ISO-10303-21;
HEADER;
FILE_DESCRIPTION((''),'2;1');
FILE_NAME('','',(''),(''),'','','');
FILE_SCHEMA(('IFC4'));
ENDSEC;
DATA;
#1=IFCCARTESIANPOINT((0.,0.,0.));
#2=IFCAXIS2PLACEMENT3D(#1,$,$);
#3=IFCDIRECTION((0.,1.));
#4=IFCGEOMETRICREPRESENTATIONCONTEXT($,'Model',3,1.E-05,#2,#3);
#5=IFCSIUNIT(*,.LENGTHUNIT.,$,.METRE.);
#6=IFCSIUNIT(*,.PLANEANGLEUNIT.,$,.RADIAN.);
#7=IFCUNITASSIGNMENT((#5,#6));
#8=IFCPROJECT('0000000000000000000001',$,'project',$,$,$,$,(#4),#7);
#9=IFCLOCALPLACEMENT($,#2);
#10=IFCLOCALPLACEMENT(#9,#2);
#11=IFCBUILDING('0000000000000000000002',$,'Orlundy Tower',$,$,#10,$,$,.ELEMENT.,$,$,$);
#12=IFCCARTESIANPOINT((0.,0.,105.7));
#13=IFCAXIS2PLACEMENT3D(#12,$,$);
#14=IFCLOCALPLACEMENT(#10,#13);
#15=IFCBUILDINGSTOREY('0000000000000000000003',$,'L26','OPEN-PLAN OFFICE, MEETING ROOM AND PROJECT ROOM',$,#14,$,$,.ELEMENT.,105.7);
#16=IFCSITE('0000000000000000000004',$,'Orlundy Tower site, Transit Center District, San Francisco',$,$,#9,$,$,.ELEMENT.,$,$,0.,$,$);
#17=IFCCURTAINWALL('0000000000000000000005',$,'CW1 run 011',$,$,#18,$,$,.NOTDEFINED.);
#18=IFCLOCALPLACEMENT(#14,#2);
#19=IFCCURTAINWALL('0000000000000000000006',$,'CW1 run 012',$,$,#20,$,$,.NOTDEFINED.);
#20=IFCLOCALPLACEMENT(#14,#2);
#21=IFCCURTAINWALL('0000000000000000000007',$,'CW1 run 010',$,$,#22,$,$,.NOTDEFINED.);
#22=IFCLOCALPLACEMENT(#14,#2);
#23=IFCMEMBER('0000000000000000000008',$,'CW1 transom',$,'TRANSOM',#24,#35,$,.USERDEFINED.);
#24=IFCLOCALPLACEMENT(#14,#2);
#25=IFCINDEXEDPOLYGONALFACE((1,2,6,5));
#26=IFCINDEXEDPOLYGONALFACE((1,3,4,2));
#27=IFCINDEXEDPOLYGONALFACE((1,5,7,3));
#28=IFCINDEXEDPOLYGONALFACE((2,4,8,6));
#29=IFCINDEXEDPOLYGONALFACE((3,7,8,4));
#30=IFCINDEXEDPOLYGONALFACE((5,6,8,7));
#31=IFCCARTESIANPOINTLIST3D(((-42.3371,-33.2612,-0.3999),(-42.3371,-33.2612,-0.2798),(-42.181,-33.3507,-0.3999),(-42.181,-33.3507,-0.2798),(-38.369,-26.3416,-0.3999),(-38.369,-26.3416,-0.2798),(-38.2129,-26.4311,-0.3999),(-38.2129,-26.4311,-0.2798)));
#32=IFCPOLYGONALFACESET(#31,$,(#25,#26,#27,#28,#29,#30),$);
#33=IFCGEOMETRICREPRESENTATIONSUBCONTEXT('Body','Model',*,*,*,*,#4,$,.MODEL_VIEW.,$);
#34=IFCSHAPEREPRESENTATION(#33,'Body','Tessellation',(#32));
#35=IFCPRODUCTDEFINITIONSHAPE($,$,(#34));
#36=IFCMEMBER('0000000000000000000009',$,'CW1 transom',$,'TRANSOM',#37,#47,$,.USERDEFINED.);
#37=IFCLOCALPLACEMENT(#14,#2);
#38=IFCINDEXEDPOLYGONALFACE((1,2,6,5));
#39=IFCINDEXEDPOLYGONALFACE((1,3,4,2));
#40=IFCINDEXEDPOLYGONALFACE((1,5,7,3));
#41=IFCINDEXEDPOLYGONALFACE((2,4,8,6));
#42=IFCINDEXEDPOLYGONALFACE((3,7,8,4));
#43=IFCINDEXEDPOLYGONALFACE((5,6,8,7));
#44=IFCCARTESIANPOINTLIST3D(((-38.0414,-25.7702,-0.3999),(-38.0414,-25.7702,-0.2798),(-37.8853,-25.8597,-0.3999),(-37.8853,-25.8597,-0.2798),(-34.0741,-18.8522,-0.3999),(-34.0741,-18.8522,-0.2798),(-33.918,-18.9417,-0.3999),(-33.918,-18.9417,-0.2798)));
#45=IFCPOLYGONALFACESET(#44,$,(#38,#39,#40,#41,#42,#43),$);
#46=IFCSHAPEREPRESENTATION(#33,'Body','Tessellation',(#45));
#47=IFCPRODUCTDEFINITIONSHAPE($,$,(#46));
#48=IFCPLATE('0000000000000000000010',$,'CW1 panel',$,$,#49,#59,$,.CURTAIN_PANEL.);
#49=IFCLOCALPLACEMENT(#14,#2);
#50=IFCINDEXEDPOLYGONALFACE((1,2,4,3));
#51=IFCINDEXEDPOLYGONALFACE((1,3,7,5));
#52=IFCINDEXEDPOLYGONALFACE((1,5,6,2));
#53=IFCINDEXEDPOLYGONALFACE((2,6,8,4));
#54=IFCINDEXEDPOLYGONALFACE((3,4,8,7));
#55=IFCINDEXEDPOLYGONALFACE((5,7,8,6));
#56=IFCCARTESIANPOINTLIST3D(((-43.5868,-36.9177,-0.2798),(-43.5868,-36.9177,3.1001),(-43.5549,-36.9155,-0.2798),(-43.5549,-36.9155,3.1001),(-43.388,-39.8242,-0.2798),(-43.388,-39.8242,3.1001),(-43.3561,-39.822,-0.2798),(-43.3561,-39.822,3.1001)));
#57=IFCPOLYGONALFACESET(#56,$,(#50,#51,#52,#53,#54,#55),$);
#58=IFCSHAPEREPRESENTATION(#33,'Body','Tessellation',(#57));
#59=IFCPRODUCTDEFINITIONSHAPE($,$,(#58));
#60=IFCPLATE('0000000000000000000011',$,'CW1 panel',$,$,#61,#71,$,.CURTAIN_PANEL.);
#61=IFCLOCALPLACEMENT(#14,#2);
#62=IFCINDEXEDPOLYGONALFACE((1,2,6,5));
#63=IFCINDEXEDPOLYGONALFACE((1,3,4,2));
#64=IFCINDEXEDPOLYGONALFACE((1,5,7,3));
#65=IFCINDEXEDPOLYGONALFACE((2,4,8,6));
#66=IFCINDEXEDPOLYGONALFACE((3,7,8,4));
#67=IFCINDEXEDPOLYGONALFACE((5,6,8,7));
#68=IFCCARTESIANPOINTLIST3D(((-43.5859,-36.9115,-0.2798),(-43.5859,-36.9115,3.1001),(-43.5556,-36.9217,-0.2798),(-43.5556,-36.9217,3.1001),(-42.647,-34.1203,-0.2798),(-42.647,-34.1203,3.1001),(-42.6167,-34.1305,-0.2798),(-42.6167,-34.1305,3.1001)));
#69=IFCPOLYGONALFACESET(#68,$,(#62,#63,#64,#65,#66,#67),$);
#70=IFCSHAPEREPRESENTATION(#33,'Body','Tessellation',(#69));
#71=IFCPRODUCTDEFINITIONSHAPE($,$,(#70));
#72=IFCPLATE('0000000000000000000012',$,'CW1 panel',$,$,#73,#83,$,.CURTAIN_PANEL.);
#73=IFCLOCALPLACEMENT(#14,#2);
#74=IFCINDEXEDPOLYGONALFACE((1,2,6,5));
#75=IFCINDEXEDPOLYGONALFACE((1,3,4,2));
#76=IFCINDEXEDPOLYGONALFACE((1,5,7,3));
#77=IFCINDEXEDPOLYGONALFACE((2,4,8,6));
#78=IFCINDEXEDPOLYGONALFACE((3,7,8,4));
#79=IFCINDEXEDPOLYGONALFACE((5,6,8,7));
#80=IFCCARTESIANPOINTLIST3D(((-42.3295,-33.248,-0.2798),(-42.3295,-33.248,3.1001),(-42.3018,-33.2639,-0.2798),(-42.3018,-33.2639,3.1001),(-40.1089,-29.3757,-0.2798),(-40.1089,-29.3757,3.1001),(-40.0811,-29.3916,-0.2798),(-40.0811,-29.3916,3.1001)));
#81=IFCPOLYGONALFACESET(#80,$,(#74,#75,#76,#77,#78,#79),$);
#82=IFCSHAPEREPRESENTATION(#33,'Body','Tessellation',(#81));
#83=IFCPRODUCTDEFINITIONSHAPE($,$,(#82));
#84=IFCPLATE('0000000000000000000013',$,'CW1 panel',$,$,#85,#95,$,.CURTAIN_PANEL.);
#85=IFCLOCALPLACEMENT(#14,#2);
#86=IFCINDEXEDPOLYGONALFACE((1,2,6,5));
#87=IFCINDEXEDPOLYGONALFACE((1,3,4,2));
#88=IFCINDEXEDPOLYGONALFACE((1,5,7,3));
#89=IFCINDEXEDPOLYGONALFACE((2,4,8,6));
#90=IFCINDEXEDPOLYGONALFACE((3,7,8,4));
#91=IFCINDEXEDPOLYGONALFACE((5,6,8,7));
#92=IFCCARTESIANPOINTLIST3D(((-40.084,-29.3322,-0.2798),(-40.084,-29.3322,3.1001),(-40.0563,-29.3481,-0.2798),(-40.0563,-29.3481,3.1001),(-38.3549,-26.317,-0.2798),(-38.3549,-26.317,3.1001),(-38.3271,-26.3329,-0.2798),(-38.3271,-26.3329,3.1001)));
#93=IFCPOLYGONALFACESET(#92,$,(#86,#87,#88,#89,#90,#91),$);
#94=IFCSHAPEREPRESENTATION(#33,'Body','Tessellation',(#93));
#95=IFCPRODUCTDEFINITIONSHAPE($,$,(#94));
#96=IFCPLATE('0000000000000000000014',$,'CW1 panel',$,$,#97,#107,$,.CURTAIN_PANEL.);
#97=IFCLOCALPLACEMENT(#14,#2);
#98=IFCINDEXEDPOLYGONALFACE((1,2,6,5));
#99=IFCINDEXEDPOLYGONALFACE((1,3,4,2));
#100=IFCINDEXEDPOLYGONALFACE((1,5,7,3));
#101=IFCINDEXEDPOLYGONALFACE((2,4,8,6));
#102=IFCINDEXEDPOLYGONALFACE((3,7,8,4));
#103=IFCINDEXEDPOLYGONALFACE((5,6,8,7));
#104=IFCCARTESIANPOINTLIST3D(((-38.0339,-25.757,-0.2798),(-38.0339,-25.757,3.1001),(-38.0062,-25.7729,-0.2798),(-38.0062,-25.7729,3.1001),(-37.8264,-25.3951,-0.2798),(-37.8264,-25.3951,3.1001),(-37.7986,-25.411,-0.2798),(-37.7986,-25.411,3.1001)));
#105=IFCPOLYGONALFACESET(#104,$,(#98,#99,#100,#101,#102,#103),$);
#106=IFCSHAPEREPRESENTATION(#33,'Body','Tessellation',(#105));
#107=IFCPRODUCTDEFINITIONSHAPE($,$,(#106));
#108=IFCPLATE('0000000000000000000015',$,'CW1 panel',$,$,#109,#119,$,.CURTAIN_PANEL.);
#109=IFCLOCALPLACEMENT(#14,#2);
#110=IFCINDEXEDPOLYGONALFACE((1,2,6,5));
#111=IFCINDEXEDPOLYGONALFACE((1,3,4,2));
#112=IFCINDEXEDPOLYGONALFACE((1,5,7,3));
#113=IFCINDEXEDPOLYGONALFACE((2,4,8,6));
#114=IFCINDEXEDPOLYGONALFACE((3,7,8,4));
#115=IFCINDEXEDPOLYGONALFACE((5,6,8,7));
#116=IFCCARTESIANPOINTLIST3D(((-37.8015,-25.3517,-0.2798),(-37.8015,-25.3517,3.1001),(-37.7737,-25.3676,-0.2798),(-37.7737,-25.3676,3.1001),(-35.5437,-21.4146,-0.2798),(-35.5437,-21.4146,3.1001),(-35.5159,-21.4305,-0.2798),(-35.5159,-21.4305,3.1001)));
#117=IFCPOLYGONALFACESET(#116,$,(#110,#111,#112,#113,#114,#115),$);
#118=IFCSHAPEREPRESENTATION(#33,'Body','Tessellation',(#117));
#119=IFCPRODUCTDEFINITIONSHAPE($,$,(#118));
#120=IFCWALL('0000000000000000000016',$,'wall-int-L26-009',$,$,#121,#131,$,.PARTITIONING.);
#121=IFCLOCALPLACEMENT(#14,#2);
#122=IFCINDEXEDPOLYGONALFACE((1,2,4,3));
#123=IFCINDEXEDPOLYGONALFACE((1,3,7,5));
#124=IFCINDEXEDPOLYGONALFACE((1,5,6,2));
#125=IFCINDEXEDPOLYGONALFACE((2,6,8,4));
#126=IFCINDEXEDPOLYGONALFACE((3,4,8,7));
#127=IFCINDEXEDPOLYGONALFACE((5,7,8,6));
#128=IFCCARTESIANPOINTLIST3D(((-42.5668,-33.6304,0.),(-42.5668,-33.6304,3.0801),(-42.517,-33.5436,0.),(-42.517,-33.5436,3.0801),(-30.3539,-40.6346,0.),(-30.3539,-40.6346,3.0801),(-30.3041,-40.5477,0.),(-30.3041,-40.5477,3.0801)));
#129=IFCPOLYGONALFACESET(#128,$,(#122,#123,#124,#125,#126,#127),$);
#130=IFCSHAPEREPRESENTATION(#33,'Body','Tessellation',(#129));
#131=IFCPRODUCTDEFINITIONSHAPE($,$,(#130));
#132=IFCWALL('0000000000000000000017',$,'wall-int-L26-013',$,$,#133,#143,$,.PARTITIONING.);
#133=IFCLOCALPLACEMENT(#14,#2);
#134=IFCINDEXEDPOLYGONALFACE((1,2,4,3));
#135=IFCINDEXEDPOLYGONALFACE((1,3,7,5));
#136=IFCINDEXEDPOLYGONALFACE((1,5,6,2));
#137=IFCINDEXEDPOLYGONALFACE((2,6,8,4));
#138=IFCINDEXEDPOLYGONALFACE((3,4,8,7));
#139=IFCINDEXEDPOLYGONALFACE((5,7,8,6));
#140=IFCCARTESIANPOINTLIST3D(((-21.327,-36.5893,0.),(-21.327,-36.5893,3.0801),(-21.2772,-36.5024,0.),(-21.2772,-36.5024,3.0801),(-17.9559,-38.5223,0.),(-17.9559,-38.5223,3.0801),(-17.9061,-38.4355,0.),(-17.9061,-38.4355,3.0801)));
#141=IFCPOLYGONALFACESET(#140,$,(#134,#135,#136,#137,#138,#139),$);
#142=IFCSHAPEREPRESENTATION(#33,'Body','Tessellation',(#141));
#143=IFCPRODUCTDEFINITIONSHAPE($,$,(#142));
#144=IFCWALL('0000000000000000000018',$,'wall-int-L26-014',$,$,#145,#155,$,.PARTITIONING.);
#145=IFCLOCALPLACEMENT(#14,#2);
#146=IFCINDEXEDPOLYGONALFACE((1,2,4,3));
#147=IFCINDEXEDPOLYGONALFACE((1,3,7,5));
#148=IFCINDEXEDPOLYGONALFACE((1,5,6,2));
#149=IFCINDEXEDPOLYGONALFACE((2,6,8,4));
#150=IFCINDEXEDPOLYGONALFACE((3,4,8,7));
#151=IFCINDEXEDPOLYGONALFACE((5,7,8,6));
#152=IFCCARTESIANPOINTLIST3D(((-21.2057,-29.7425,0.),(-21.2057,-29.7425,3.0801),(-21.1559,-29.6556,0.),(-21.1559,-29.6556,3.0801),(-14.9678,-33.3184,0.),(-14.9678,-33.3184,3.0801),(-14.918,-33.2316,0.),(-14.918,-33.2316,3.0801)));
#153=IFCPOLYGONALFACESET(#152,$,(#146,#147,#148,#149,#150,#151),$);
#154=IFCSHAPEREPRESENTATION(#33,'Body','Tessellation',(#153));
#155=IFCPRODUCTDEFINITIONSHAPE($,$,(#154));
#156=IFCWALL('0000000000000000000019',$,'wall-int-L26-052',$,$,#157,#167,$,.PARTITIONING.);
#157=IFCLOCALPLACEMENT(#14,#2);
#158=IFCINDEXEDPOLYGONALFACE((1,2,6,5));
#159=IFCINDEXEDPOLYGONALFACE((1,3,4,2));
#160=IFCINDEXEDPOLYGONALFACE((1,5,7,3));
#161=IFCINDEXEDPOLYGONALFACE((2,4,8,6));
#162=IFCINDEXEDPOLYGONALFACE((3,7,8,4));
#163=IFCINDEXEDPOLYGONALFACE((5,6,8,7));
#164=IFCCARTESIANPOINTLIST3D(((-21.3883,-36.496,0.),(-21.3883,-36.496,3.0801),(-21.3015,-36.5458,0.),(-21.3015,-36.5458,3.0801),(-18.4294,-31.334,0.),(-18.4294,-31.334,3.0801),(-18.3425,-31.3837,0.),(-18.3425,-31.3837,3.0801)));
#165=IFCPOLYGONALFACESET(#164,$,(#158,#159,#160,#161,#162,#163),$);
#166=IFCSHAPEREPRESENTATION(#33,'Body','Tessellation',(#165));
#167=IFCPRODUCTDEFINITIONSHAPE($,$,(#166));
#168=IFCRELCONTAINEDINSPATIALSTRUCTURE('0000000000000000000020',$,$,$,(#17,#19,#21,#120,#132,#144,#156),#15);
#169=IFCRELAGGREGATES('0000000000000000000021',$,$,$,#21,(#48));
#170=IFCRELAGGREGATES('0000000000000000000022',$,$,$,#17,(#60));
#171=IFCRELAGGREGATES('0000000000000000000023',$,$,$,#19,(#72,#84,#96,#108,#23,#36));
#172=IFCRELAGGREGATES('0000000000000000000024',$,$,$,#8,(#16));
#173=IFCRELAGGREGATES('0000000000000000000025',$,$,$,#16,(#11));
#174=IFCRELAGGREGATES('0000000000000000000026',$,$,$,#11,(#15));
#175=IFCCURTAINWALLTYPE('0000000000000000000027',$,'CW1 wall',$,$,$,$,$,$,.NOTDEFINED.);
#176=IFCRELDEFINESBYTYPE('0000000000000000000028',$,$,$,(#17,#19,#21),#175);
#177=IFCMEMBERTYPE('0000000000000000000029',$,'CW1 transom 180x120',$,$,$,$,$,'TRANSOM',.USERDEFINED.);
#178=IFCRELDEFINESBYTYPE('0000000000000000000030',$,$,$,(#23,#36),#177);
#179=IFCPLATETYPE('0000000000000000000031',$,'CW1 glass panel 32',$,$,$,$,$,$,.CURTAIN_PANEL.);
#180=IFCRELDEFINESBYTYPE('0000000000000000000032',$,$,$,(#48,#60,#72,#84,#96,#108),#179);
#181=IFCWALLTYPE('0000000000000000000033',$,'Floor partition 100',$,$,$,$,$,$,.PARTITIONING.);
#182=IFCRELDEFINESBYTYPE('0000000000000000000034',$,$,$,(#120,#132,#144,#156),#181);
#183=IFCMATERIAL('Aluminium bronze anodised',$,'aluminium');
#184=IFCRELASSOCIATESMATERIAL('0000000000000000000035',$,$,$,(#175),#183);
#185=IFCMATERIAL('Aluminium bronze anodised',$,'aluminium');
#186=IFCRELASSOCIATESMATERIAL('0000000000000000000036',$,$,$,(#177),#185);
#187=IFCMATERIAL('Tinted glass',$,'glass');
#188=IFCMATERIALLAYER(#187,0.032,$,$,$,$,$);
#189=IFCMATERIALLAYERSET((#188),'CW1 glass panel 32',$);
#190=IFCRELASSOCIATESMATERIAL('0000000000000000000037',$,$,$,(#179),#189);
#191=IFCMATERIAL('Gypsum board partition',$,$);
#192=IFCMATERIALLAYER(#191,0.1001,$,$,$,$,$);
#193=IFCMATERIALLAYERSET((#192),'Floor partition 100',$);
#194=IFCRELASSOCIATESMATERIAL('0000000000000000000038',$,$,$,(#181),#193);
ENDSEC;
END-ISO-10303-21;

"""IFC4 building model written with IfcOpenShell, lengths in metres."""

from ifc_helpers import new_model, si_unit, direction, frame, frame_2d, origin, origin_2d, place, context, subcontext, project, spatial, rectangle, extrude, material, layer, layer_set, material_profile, profile_set, type_object, element, aggregate, save


model = new_model("IFC4")

# Units and contexts
model_context = context("Model", 3, precision=1e-05, world=origin(), true_north=direction((0.0, 1.0)))
body_context = subcontext(model_context, "Body", "Model", "MODEL_VIEW")
ifc_project = project(units=[si_unit("LENGTHUNIT", "METRE"), si_unit("PLANEANGLEUNIT", "RADIAN")], contexts=[model_context])

# Site, building, storey
site_placement = place(None, origin())
site = spatial("IfcSite", under=ifc_project, at=site_placement, Name="Orlundy Tower site, Transit Center District, San Francisco", CompositionType="ELEMENT", RefElevation=0.0)
building_placement = place(site_placement, origin())
building = spatial("IfcBuilding", under=site, at=building_placement, Name="Orlundy Tower", CompositionType="ELEMENT")
storey_placement = place(building_placement, frame((0.0, 0.0, 105.7)))
storey = spatial("IfcBuildingStorey", under=building, at=storey_placement, Name="L26", Description="OPEN-PLAN OFFICE, MEETING ROOM AND PROJECT ROOM", CompositionType="ELEMENT", Elevation=105.7)

# Curtain wall
ifc_material_1 = material(Name="Aluminium bronze anodised", Category="aluminium")
curtain_wall_type = type_object("IfcCurtainWallType", Name="CW1 wall", PredefinedType="NOTDEFINED", material=ifc_material_1)
curtain_wall_1_placement = place(storey_placement, origin())
curtain_wall_1 = element("IfcCurtainWall", 1, at=curtain_wall_1_placement, inside=storey, type_object=curtain_wall_type, Name="CW1 run 011", PredefinedType="NOTDEFINED")

# Curtain wall
curtain_wall_2_placement = place(storey_placement, origin())
curtain_wall_2 = element("IfcCurtainWall", 2, at=curtain_wall_2_placement, inside=storey, type_object=curtain_wall_type, Name="CW1 run 012", PredefinedType="NOTDEFINED")

# Curtain wall
curtain_wall_3_placement = place(storey_placement, origin())
curtain_wall_3 = element("IfcCurtainWall", 3, at=curtain_wall_3_placement, inside=storey, type_object=curtain_wall_type, Name="CW1 run 010", PredefinedType="NOTDEFINED")
ifc_material_2 = material(Name="Aluminium bronze anodised", Category="aluminium")
ifc_material_profile_1 = material_profile(ifc_material_2, rectangle(XDim=0.1799, YDim=0.1201, at=origin_2d()), Name="CW1 transom 180x120")
ifc_profile_set_1 = profile_set([ifc_material_profile_1], Name="Aluminium bronze anodised")
member_type_1 = type_object("IfcMemberType", Name="CW1 transom 180x120", ElementType="TRANSOM", PredefinedType="USERDEFINED", material=ifc_profile_set_1)

# Members
member_1_placement = place(storey_placement, frame((-42.259, -33.3059, -0.3398), z_axis=(0.497467, 0.867483, 0.0), x_axis=(-0.867483, 0.497467, 0.0)))
member_1 = element("IfcMember", 4, at=member_1_placement, type_object=member_type_1, Name="CW1 transom", ObjectType="TRANSOM", PredefinedType="USERDEFINED", context=body_context, shape_type="SweptSolid", body=[
    extrude(rectangle(XDim=0.1799, YDim=0.1201, at=origin_2d()), origin(), (0.0, 0.0, 1.0), 7.9766),
])
member_2_placement = place(storey_placement, frame((-37.9634, -25.8149, -0.3398), z_axis=(0.497477, 0.867477, 0.0), x_axis=(-0.867477, 0.497477, 0.0)))
member_2 = element("IfcMember", 5, at=member_2_placement, type_object=member_type_1, Name="CW1 transom", ObjectType="TRANSOM", PredefinedType="USERDEFINED", context=body_context, shape_type="SweptSolid", body=[
    extrude(rectangle(XDim=0.1799, YDim=0.1201, at=origin_2d()), origin(), (0.0, 0.0, 1.0), 7.9749),
])

# Plates
ifc_material_3 = material(Name="Tinted glass", Category="glass")
ifc_layer_1 = layer(ifc_material_3, 0.032)
ifc_layer_set_1 = layer_set([ifc_layer_1], Name="CW1 glass panel 32")
plate_type = type_object("IfcPlateType", Name="CW1 glass panel 32", PredefinedType="CURTAIN_PANEL", material=ifc_layer_set_1)
plate_1_placement = place(storey_placement, frame((-43.4714, -38.3699, -0.2798), z_axis=(0.0, 0.0, 1.0), x_axis=(-0.068256, 0.997668, 0.0)))
plate_1 = element("IfcPlate", 6, at=plate_1_placement, type_object=plate_type, Name="CW1 panel", PredefinedType="CURTAIN_PANEL", context=body_context, shape_type="SweptSolid", body=[
    extrude(rectangle(XDim=2.9133, YDim=0.032, at=origin_2d()), origin(), (0.0, 0.0, 1.0), 3.3799),
])
aggregate(curtain_wall_3, [plate_1])
plate_2_placement = place(storey_placement, frame((-43.1013, -35.521, -0.2798), z_axis=(0.0, 0.0, 1.0), x_axis=(0.318816, 0.947817, 0.0)))
plate_2 = element("IfcPlate", 7, at=plate_2_placement, type_object=plate_type, Name="CW1 panel", PredefinedType="CURTAIN_PANEL", context=body_context, shape_type="SweptSolid", body=[
    extrude(rectangle(XDim=2.9448, YDim=0.032, at=origin_2d()), origin(), (0.0, 0.0, 1.0), 3.3799),
])
aggregate(curtain_wall_1, [plate_2])
plate_3_placement = place(storey_placement, frame((-41.2053, -31.3198, -0.2798), z_axis=(0.0, 0.0, 1.0), x_axis=(0.497468, 0.867482, 0.0)))
plate_3 = element("IfcPlate", 8, at=plate_3_placement, type_object=plate_type, Name="CW1 panel", PredefinedType="CURTAIN_PANEL", context=body_context, shape_type="SweptSolid", body=[
    extrude(rectangle(XDim=4.4639, YDim=0.032, at=origin_2d()), origin(), (0.0, 0.0, 1.0), 3.3799),
])
plate_4_placement = place(storey_placement, frame((-39.2056, -27.8325, -0.2798), z_axis=(0.0, 0.0, 1.0), x_axis=(0.497468, 0.867482, 0.0)))
plate_4 = element("IfcPlate", 9, at=plate_4_placement, type_object=plate_type, Name="CW1 panel", PredefinedType="CURTAIN_PANEL", context=body_context, shape_type="SweptSolid", body=[
    extrude(rectangle(XDim=3.4758, YDim=0.032, at=origin_2d()), origin(), (0.0, 0.0, 1.0), 3.3799),
])
plate_5_placement = place(storey_placement, frame((-37.9163, -25.584, -0.2798), z_axis=(0.0, 0.0, 1.0), x_axis=(0.497468, 0.867482, 0.0)))
plate_5 = element("IfcPlate", 10, at=plate_5_placement, type_object=plate_type, Name="CW1 panel", PredefinedType="CURTAIN_PANEL", context=body_context, shape_type="SweptSolid", body=[
    extrude(rectangle(XDim=0.4172, YDim=0.032, at=origin_2d()), origin(), (0.0, 0.0, 1.0), 3.3799),
])
plate_6_placement = place(storey_placement, frame((-36.6587, -23.3911, -0.2798), z_axis=(0.0, 0.0, 1.0), x_axis=(0.497468, 0.867482, 0.0)))
plate_6 = element("IfcPlate", 11, at=plate_6_placement, type_object=plate_type, Name="CW1 panel", PredefinedType="CURTAIN_PANEL", context=body_context, shape_type="SweptSolid", body=[
    extrude(rectangle(XDim=4.5386, YDim=0.032, at=origin_2d()), origin(), (0.0, 0.0, 1.0), 3.3799),
])
aggregate(curtain_wall_2, [plate_3, plate_4, plate_5, plate_6, member_1, member_2])

# Walls
ifc_material_4 = material(Name="Gypsum board partition")
ifc_layer_2 = layer(ifc_material_4, 0.1001)
ifc_layer_set_2 = layer_set([ifc_layer_2], Name="Floor partition 100")
wall_type = type_object("IfcWallType", Name="Floor partition 100", PredefinedType="PARTITIONING", material=ifc_layer_set_2)
wall_1_placement = place(storey_placement, frame((-42.542, -33.5869, 0.0), z_axis=(0.0, 0.0, 1.0), x_axis=(0.867466, -0.497496, 0.0)))
element("IfcWall", 12, at=wall_1_placement, inside=storey, type_object=wall_type, Name="wall-int-L26-009", PredefinedType="PARTITIONING", context=body_context, shape_type="SweptSolid", body=[
    extrude(rectangle(XDim=14.0789, YDim=0.1001, at=frame_2d((7.0396, 0.0))), origin(), (0.0, 0.0, 1.0), 3.0801),
])
wall_2_placement = place(storey_placement, frame((-21.302, -36.5459, 0.0), z_axis=(0.0, 0.0, 1.0), x_axis=(0.867492, -0.497451, 0.0)))
element("IfcWall", 13, at=wall_2_placement, inside=storey, type_object=wall_type, Name="wall-int-L26-013", PredefinedType="PARTITIONING", context=body_context, shape_type="SweptSolid", body=[
    extrude(rectangle(XDim=3.886, YDim=0.1001, at=frame_2d((1.9429, 0.0))), origin(), (0.0, 0.0, 1.0), 3.0801),
])
wall_3_placement = place(storey_placement, frame((-21.1809, -29.699, 0.0), z_axis=(0.0, 0.0, 1.0), x_axis=(0.867555, -0.497342, 0.0)))
element("IfcWall", 14, at=wall_3_placement, inside=storey, type_object=wall_type, Name="wall-int-L26-014", PredefinedType="PARTITIONING", context=body_context, shape_type="SweptSolid", body=[
    extrude(rectangle(XDim=7.1902, YDim=0.1001, at=frame_2d((3.5952, 0.0))), origin(), (0.0, 0.0, 1.0), 3.0801),
])
wall_4_placement = place(storey_placement, frame((-21.345, -36.521, 0.0), z_axis=(0.0, 0.0, 1.0), x_axis=(0.497305, 0.867576, 0.0)))
element("IfcWall", 15, at=wall_4_placement, inside=storey, type_object=wall_type, Name="wall-int-L26-052", PredefinedType="PARTITIONING", context=body_context, shape_type="SweptSolid", body=[
    extrude(rectangle(XDim=5.95, YDim=0.1001, at=frame_2d((2.9751, 0.0))), origin(), (0.0, 0.0, 1.0), 3.0801),
])

save(model, "model.ifc")
